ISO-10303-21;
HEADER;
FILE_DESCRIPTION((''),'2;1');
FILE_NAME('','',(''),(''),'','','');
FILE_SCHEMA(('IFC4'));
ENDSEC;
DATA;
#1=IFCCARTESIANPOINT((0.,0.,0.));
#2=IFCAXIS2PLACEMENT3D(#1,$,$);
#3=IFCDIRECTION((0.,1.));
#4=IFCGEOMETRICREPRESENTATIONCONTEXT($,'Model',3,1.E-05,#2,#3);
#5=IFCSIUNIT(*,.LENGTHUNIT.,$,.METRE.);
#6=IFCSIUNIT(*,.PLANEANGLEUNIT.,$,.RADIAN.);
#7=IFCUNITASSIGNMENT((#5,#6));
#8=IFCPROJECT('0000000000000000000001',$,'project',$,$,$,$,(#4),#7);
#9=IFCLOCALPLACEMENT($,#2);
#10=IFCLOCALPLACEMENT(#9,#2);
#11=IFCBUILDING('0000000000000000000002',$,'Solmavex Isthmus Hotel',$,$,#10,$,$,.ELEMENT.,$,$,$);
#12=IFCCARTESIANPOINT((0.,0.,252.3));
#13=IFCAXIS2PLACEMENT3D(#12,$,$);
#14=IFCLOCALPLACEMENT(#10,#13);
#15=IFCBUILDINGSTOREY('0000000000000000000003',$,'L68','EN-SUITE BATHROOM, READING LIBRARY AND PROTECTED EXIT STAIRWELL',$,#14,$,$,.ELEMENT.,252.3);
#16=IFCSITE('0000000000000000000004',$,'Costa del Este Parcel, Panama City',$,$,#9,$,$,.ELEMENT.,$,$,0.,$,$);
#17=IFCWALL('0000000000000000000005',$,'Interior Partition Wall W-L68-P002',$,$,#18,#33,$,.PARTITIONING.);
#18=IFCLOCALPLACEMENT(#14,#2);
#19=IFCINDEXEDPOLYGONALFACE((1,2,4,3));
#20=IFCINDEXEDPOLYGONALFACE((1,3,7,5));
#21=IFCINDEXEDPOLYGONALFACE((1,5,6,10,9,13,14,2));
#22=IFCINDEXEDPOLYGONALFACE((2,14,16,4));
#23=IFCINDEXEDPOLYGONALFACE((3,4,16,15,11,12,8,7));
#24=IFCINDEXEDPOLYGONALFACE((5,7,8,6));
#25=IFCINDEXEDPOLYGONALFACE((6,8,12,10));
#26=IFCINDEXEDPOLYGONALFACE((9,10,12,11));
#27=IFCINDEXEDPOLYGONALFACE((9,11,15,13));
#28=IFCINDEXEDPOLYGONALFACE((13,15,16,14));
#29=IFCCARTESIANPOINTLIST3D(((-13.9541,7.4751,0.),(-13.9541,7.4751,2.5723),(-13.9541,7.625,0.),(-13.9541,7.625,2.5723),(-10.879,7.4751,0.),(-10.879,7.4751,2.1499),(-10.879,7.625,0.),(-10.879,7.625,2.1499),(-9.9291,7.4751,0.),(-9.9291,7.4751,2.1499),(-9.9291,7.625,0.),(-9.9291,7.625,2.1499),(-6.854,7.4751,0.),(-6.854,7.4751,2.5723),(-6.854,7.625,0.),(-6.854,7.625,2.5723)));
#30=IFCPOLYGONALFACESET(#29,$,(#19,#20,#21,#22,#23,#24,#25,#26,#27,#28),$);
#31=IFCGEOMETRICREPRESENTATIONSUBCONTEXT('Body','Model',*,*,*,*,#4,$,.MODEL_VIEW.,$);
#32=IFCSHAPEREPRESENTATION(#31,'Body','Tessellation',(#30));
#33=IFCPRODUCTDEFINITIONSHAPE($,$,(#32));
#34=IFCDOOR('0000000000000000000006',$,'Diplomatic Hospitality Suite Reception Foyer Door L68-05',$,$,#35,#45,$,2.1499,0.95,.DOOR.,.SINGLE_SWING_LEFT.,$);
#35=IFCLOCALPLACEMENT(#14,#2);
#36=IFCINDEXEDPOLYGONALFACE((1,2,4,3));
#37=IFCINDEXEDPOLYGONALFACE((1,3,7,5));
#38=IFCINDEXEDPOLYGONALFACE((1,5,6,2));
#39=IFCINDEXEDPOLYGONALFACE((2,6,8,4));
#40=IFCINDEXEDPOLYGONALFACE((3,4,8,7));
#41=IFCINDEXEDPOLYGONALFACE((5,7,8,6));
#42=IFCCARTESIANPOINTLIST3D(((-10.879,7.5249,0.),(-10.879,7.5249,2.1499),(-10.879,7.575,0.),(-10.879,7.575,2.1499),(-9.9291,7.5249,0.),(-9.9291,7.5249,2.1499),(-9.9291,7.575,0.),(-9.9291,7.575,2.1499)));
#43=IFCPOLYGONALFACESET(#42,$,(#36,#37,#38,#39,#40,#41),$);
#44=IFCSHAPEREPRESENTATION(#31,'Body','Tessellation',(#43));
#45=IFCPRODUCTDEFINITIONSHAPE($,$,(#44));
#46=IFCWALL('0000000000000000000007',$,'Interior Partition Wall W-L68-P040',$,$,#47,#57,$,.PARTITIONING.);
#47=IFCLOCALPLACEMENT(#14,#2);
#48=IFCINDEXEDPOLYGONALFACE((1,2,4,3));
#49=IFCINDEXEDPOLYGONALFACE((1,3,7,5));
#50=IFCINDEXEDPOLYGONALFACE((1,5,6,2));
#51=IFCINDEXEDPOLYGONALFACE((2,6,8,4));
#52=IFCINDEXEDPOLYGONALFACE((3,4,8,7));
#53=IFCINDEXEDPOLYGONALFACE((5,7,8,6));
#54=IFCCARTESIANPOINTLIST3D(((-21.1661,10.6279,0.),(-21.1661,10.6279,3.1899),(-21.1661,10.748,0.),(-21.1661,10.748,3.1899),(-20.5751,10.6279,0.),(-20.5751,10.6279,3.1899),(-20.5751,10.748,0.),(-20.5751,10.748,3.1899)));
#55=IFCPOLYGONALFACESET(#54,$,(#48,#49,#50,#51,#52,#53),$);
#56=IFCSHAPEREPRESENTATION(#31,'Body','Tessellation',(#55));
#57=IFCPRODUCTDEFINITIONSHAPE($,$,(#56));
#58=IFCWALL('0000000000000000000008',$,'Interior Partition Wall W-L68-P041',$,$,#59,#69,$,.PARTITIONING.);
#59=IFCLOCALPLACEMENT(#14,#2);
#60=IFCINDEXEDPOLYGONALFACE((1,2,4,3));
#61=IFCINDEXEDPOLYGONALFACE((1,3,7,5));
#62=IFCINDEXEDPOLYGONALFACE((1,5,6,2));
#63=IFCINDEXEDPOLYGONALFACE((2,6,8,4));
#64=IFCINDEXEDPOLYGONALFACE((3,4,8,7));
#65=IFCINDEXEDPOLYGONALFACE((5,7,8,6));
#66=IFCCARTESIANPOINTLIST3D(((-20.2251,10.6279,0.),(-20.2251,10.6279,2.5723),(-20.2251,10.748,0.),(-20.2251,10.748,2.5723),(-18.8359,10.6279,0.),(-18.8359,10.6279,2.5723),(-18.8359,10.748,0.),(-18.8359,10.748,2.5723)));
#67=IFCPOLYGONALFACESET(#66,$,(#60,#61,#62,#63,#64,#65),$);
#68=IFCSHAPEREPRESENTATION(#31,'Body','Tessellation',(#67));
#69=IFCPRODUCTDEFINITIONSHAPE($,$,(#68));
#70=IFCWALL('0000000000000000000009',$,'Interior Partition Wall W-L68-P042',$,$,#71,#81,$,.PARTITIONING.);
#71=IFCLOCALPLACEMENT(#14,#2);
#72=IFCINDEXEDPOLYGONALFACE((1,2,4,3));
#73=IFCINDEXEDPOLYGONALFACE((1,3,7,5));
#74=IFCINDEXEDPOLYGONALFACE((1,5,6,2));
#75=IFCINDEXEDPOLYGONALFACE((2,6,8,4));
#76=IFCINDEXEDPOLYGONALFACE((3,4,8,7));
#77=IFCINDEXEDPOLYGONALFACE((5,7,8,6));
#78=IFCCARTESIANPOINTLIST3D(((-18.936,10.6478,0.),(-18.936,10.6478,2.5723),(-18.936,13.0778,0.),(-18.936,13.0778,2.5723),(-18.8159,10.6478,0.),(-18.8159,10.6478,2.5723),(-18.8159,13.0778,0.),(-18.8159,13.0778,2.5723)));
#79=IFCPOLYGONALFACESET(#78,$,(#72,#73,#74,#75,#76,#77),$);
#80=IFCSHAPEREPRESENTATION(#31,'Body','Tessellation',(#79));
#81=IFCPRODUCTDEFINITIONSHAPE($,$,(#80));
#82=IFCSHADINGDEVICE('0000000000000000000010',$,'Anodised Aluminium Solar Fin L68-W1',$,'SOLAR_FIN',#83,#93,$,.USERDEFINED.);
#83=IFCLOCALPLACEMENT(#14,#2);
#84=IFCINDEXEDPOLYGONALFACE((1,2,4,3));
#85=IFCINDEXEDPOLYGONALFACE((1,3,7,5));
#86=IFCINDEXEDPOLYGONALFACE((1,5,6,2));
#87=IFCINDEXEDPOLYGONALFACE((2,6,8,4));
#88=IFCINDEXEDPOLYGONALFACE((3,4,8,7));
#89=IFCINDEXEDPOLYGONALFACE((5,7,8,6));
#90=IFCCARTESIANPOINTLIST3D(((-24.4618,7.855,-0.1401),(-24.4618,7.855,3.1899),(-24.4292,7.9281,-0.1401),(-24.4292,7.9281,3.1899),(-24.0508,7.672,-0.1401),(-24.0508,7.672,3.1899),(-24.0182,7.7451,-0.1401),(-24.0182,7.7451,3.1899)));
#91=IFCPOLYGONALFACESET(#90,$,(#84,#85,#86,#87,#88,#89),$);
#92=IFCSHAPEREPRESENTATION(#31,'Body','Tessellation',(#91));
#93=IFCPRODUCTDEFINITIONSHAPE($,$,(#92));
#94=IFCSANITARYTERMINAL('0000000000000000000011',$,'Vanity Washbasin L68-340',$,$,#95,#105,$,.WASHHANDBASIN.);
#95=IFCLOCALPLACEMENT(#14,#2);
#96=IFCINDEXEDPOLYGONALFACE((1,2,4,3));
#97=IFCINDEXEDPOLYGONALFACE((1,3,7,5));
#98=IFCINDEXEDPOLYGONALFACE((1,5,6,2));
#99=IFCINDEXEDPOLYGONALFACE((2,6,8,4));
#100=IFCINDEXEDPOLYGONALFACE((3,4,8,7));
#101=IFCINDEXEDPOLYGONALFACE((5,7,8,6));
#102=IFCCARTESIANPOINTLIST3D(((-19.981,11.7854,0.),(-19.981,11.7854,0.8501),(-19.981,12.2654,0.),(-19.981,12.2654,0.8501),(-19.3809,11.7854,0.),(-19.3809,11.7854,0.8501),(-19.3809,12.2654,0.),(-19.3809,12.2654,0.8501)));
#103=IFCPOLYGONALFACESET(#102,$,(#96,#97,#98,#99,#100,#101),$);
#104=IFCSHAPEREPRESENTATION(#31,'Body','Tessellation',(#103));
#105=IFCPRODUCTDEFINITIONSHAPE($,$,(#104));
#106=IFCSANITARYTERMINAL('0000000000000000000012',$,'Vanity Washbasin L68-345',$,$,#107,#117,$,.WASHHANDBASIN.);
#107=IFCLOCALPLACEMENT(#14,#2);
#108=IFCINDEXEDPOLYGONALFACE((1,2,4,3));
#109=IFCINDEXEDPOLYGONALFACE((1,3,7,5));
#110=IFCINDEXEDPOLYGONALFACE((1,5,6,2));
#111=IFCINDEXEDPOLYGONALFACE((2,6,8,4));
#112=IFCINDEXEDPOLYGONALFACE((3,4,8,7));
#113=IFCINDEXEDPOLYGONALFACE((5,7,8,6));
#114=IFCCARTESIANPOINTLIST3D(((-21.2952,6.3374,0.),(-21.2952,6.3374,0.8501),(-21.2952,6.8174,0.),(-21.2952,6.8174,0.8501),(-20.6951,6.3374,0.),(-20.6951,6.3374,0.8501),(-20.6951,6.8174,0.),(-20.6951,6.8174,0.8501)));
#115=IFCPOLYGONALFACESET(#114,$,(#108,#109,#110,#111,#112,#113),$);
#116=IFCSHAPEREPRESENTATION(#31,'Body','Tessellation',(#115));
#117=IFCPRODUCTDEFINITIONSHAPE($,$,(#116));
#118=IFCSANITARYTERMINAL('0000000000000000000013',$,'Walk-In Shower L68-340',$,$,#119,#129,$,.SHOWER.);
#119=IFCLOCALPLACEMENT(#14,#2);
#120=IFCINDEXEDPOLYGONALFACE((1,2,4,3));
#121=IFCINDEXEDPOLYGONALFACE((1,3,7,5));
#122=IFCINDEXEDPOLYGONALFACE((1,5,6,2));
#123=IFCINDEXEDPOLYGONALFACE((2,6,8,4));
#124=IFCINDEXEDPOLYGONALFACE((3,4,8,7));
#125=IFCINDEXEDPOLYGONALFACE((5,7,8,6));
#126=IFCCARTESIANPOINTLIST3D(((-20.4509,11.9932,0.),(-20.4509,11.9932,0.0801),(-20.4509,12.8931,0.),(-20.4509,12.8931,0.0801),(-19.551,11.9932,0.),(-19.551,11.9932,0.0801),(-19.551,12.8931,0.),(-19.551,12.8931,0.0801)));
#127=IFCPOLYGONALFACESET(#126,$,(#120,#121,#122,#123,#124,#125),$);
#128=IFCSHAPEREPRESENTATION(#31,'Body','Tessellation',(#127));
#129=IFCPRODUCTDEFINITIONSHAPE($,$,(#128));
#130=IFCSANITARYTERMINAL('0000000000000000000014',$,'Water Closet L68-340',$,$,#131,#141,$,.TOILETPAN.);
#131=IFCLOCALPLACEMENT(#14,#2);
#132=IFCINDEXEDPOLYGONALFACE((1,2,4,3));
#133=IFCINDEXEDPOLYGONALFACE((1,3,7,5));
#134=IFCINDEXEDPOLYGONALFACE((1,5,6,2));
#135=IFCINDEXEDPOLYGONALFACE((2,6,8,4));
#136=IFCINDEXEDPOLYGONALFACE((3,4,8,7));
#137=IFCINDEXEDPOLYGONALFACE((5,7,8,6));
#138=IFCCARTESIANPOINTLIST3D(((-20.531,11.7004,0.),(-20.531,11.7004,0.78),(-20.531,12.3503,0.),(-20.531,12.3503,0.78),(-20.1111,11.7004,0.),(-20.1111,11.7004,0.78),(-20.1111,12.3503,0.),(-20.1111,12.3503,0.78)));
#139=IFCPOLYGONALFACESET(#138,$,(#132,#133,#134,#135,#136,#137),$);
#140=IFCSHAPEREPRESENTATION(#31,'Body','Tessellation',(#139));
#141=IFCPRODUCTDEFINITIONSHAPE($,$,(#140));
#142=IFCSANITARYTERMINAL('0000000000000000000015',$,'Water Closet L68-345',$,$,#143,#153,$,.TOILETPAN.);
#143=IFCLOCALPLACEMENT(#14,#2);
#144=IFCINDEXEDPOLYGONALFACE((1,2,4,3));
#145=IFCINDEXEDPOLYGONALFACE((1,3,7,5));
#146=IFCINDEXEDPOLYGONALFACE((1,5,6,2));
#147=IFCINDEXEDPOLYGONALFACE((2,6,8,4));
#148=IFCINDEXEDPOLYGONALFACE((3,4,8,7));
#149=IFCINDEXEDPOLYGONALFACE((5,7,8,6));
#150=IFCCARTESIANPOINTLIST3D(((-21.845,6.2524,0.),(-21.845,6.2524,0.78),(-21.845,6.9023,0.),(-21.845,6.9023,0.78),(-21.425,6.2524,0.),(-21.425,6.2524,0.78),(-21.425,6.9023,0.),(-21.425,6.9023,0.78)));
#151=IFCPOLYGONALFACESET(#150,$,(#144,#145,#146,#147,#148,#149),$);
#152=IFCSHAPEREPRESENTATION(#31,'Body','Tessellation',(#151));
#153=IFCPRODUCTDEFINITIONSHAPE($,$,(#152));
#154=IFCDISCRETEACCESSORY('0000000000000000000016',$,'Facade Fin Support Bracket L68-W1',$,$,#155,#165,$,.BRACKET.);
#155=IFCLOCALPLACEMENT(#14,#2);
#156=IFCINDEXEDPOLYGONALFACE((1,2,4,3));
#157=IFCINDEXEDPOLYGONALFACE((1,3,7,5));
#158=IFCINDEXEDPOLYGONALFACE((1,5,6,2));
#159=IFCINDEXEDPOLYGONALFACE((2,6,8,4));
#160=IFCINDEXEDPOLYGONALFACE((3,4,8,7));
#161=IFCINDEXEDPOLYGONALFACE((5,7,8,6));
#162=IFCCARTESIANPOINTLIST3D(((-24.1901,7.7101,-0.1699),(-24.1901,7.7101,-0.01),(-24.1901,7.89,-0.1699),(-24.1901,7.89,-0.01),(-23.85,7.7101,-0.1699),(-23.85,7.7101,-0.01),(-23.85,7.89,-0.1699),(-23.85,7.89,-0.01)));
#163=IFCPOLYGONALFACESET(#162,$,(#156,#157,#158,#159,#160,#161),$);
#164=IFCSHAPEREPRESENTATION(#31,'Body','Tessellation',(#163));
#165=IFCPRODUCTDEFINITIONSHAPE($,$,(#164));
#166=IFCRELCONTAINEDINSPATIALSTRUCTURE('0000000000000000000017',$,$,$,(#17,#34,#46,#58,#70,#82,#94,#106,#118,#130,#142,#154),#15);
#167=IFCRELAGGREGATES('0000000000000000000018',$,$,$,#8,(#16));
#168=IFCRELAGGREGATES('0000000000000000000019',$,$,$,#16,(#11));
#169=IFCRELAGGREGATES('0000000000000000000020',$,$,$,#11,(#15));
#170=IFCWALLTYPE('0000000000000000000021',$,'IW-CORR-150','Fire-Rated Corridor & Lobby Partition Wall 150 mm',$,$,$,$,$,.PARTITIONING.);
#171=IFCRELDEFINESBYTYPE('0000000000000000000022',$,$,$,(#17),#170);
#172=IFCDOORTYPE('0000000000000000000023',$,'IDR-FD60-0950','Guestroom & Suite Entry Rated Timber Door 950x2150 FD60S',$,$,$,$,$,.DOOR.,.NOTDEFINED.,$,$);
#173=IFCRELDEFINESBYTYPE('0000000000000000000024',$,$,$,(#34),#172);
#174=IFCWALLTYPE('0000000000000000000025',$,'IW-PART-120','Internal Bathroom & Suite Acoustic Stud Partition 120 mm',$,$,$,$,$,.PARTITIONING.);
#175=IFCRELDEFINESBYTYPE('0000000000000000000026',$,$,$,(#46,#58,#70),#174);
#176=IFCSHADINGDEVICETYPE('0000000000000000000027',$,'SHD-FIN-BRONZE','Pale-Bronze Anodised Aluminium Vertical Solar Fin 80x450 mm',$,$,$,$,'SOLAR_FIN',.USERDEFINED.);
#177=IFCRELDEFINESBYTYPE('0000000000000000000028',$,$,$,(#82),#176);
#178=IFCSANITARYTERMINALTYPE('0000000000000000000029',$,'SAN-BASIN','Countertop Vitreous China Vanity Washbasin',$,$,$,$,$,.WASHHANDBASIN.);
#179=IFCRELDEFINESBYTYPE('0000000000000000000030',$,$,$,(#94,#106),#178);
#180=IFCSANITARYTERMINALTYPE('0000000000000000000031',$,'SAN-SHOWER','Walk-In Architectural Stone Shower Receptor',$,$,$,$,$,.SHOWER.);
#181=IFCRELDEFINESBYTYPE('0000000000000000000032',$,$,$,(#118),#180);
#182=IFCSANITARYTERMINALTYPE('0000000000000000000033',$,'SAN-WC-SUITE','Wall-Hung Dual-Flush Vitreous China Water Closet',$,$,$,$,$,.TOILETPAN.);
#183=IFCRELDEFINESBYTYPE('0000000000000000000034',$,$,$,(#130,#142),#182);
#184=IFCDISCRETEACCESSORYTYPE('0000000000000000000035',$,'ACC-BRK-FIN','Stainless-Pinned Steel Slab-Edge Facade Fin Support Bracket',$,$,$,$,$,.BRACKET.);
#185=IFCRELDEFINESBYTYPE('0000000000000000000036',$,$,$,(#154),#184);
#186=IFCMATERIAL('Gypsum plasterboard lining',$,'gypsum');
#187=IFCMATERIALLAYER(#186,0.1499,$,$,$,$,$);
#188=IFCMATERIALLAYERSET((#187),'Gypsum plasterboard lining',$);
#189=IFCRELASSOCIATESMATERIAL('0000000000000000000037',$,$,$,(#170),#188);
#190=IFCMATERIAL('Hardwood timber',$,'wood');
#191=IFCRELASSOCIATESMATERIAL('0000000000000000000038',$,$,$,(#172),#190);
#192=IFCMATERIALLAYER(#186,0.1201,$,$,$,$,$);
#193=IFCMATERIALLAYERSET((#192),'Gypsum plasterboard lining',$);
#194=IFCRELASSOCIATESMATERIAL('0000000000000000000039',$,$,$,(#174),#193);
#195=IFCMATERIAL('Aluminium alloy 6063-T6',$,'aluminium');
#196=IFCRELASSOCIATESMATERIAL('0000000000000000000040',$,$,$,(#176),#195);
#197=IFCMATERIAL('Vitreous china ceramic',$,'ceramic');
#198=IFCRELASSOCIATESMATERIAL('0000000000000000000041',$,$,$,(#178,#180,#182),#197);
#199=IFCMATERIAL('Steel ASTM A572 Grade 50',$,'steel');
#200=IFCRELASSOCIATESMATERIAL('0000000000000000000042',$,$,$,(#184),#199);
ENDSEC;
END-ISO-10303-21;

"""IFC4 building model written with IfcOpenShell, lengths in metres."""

from ifc_helpers import new_model, si_unit, direction, frame, frame_2d, origin, origin_2d, place, context, subcontext, project, spatial, rectangle, extrude, material, layer, layer_set, type_object, element, fill, save


model = new_model("IFC4")

# Units and contexts
model_context = context("Model", 3, precision=1e-05, world=origin(), true_north=direction((0.0, 1.0)))
body_context = subcontext(model_context, "Body", "Model", "MODEL_VIEW")
ifc_project = project(units=[si_unit("LENGTHUNIT", "METRE"), si_unit("PLANEANGLEUNIT", "RADIAN")], contexts=[model_context])

# Site, building, storey
site_placement = place(None, origin())
site = spatial("IfcSite", under=ifc_project, at=site_placement, Name="Costa del Este Parcel, Panama City", CompositionType="ELEMENT", RefElevation=0.0)
building_placement = place(site_placement, origin())
building = spatial("IfcBuilding", under=site, at=building_placement, Name="Solmavex Isthmus Hotel", CompositionType="ELEMENT")
storey_placement = place(building_placement, frame((0.0, 0.0, 252.3)))
storey = spatial("IfcBuildingStorey", under=building, at=storey_placement, Name="L68", Description="EN-SUITE BATHROOM, READING LIBRARY AND PROTECTED EXIT STAIRWELL", CompositionType="ELEMENT", Elevation=252.3)

# Shared definitions
ifc_material_1 = material(Name="Aluminium alloy 6063-T6", Category="aluminium")

# Shared definitions
ifc_material_2 = material(Name="Gypsum plasterboard lining", Category="gypsum")

# Wall, opening, door
ifc_layer_1 = layer(ifc_material_2, 0.1499)
ifc_layer_set_1 = layer_set([ifc_layer_1], Name="Gypsum plasterboard lining")
wall_type_1 = type_object("IfcWallType", Name="IW-CORR-150", Description="Fire-Rated Corridor & Lobby Partition Wall 150 mm", PredefinedType="PARTITIONING", material=ifc_layer_set_1)
ifc_material_3 = material(Name="Hardwood timber", Category="wood")
door_type = type_object("IfcDoorType", Name="IDR-FD60-0950", Description="Guestroom & Suite Entry Rated Timber Door 950x2150 FD60S", OperationType="NOTDEFINED", PredefinedType="DOOR", material=ifc_material_3)
wall_1_placement = place(storey_placement, frame((-13.9541, 7.55, 0.0), z_axis=(0.0, 0.0, 1.0), x_axis=(1.0, 0.0, 0.0)))
wall_1 = element("IfcWall", 1, at=wall_1_placement, inside=storey, type_object=wall_type_1, Name="Interior Partition Wall W-L68-P002", PredefinedType="PARTITIONING", context=body_context, shape_type="SweptSolid", body=[
    extrude(rectangle(XDim=7.1001, YDim=0.1499, at=frame_2d((3.55, 0.0))), origin(), (0.0, 0.0, 1.0), 2.5723),
])
opening_1_placement = place(wall_1_placement, frame((3.075, 0.0, 0.0)))
opening_1 = element("IfcOpeningElement", 2, at=opening_1_placement, cuts=wall_1, PredefinedType="OPENING", context=body_context, shape_type="SweptSolid", body=[
    extrude(rectangle(XDim=0.95, YDim=2.1499, at=frame_2d((0.4751, 1.075))), frame((0.0, 0.085, 0.0), z_axis=(0.0, -1.0, 0.0), x_axis=(1.0, 0.0, 0.0)), (0.0, 0.0, 1.0), 0.1699),
])
door_1_placement = place(opening_1_placement, origin())
door_1 = element("IfcDoor", 3, at=door_1_placement, inside=storey, type_object=door_type, Name="Diplomatic Hospitality Suite Reception Foyer Door L68-05", OperationType="SINGLE_SWING_LEFT", OverallHeight=2.1499, OverallWidth=0.95, PredefinedType="DOOR", context=body_context, shape_type="SweptSolid", body=[
    extrude(rectangle(XDim=0.95, YDim=2.1499, at=frame_2d((0.4751, 1.075))), frame((0.0, 0.0249, 0.0), z_axis=(0.0, -1.0, 0.0), x_axis=(1.0, 0.0, 0.0)), (0.0, 0.0, 1.0), 0.05),
])
fill(opening_1, door_1)

# Walls
ifc_layer_2 = layer(ifc_material_2, 0.1201)
ifc_layer_set_2 = layer_set([ifc_layer_2], Name="Gypsum plasterboard lining")
wall_type_2 = type_object("IfcWallType", Name="IW-PART-120", Description="Internal Bathroom & Suite Acoustic Stud Partition 120 mm", PredefinedType="PARTITIONING", material=ifc_layer_set_2)
wall_2_placement = place(storey_placement, frame((-21.166, 10.688, 0.0), z_axis=(0.0, 0.0, 1.0), x_axis=(1.0, 0.0, 0.0)))
element("IfcWall", 4, at=wall_2_placement, inside=storey, type_object=wall_type_2, Name="Interior Partition Wall W-L68-P040", PredefinedType="PARTITIONING", context=body_context, shape_type="SweptSolid", body=[
    extrude(rectangle(XDim=0.5911, YDim=0.1201, at=frame_2d((0.2954, 0.0))), origin(), (0.0, 0.0, 1.0), 3.1899),
])
wall_3_placement = place(storey_placement, frame((-20.2251, 10.688, 0.0), z_axis=(0.0, 0.0, 1.0), x_axis=(1.0, 0.0, 0.0)))
element("IfcWall", 5, at=wall_3_placement, inside=storey, type_object=wall_type_2, Name="Interior Partition Wall W-L68-P041", PredefinedType="PARTITIONING", context=body_context, shape_type="SweptSolid", body=[
    extrude(rectangle(XDim=1.3892, YDim=0.1201, at=frame_2d((0.6946, 0.0))), origin(), (0.0, 0.0, 1.0), 2.5723),
])
wall_4_placement = place(storey_placement, frame((-18.876, 10.6479, 0.0), z_axis=(0.0, 0.0, 1.0), x_axis=(0.0, 1.0, 0.0)))
element("IfcWall", 6, at=wall_4_placement, inside=storey, type_object=wall_type_2, Name="Interior Partition Wall W-L68-P042", PredefinedType="PARTITIONING", context=body_context, shape_type="SweptSolid", body=[
    extrude(rectangle(XDim=2.4299, YDim=0.1201, at=frame_2d((1.2148, 0.0))), origin(), (0.0, 0.0, 1.0), 2.5723),
])

# Shading device
shading_device_type = type_object("IfcShadingDeviceType", Name="SHD-FIN-BRONZE", Description="Pale-Bronze Anodised Aluminium Vertical Solar Fin 80x450 mm", ElementType="SOLAR_FIN", PredefinedType="USERDEFINED", material=ifc_material_1)
shading_device_placement = place(storey_placement, frame((-24.24, 7.8, -0.1401), z_axis=(0.0, 0.0, 1.0), x_axis=(-0.913545, 0.406737, 0.0)))
element("IfcShadingDevice", 7, at=shading_device_placement, inside=storey, type_object=shading_device_type, Name="Anodised Aluminium Solar Fin L68-W1", ObjectType="SOLAR_FIN", PredefinedType="USERDEFINED", context=body_context, shape_type="SweptSolid", body=[
    extrude(rectangle(XDim=0.45, YDim=0.0801, at=origin_2d()), origin(), (0.0, 0.0, 1.0), 3.3301),
])

# Sanitary terminals
ifc_material_4 = material(Name="Vitreous china ceramic", Category="ceramic")
sanitary_terminal_type_1 = type_object("IfcSanitaryTerminalType", Name="SAN-BASIN", Description="Countertop Vitreous China Vanity Washbasin", PredefinedType="WASHHANDBASIN", material=ifc_material_4)
for number, where, z_axis, x_axis, name in (
    (8, (-19.6809, 12.0254, 0.0), (0.0, 0.0, 1.0), (1.0, 0.0, 0.0), "Vanity Washbasin L68-340"),
    (9, (-20.9951, 6.5774, 0.0), (0.0, 0.0, 1.0), (1.0, 0.0, 0.0), "Vanity Washbasin L68-345"),
):
    element("IfcSanitaryTerminal", number, at=place(storey_placement, frame(where, z_axis=z_axis, x_axis=x_axis)), inside=storey, type_object=sanitary_terminal_type_1, Name=name, PredefinedType="WASHHANDBASIN", context=body_context, shape_type="SweptSolid", body=[
        extrude(rectangle(XDim=0.6001, YDim=0.48, at=origin_2d()), origin(), (0.0, 0.0, 1.0), 0.8501),
    ])
sanitary_terminal_type_2 = type_object("IfcSanitaryTerminalType", Name="SAN-SHOWER", Description="Walk-In Architectural Stone Shower Receptor", PredefinedType="SHOWER", material=ifc_material_4)
sanitary_terminal_placement = place(storey_placement, frame((-20.001, 12.4431, 0.0), z_axis=(0.0, 0.0, 1.0), x_axis=(1.0, 0.0, 0.0)))
element("IfcSanitaryTerminal", 10, at=sanitary_terminal_placement, inside=storey, type_object=sanitary_terminal_type_2, Name="Walk-In Shower L68-340", PredefinedType="SHOWER", context=body_context, shape_type="SweptSolid", body=[
    extrude(rectangle(XDim=0.8999, YDim=0.8999, at=origin_2d()), origin(), (0.0, 0.0, 1.0), 0.0801),
])
sanitary_terminal_type_3 = type_object("IfcSanitaryTerminalType", Name="SAN-WC-SUITE", Description="Wall-Hung Dual-Flush Vitreous China Water Closet", PredefinedType="TOILETPAN", material=ifc_material_4)
for number, where, z_axis, x_axis, name in (
    (11, (-20.321, 12.0254, 0.0), (0.0, 0.0, 1.0), (1.0, 0.0, 0.0), "Water Closet L68-340"),
    (12, (-21.635, 6.5774, 0.0), (0.0, 0.0, 1.0), (1.0, 0.0, 0.0), "Water Closet L68-345"),
):
    element("IfcSanitaryTerminal", number, at=place(storey_placement, frame(where, z_axis=z_axis, x_axis=x_axis)), inside=storey, type_object=sanitary_terminal_type_3, Name=name, PredefinedType="TOILETPAN", context=body_context, shape_type="SweptSolid", body=[
        extrude(rectangle(XDim=0.4199, YDim=0.6499, at=origin_2d()), origin(), (0.0, 0.0, 1.0), 0.78),
    ])

# Discrete accessory
ifc_material_5 = material(Name="Steel ASTM A572 Grade 50", Category="steel")
discrete_accessory_type = type_object("IfcDiscreteAccessoryType", Name="ACC-BRK-FIN", Description="Stainless-Pinned Steel Slab-Edge Facade Fin Support Bracket", PredefinedType="BRACKET", material=ifc_material_5)
discrete_accessory_placement = place(storey_placement, frame((-24.02, 7.8, -0.1699), z_axis=(0.0, 0.0, 1.0), x_axis=(-1.0, 0.0, 0.0)))
element("IfcDiscreteAccessory", 13, at=discrete_accessory_placement, inside=storey, type_object=discrete_accessory_type, Name="Facade Fin Support Bracket L68-W1", PredefinedType="BRACKET", context=body_context, shape_type="SweptSolid", body=[
    extrude(rectangle(XDim=0.3401, YDim=0.1799, at=origin_2d()), origin(), (0.0, 0.0, 1.0), 0.1599),
])

save(model, "model.ifc")
